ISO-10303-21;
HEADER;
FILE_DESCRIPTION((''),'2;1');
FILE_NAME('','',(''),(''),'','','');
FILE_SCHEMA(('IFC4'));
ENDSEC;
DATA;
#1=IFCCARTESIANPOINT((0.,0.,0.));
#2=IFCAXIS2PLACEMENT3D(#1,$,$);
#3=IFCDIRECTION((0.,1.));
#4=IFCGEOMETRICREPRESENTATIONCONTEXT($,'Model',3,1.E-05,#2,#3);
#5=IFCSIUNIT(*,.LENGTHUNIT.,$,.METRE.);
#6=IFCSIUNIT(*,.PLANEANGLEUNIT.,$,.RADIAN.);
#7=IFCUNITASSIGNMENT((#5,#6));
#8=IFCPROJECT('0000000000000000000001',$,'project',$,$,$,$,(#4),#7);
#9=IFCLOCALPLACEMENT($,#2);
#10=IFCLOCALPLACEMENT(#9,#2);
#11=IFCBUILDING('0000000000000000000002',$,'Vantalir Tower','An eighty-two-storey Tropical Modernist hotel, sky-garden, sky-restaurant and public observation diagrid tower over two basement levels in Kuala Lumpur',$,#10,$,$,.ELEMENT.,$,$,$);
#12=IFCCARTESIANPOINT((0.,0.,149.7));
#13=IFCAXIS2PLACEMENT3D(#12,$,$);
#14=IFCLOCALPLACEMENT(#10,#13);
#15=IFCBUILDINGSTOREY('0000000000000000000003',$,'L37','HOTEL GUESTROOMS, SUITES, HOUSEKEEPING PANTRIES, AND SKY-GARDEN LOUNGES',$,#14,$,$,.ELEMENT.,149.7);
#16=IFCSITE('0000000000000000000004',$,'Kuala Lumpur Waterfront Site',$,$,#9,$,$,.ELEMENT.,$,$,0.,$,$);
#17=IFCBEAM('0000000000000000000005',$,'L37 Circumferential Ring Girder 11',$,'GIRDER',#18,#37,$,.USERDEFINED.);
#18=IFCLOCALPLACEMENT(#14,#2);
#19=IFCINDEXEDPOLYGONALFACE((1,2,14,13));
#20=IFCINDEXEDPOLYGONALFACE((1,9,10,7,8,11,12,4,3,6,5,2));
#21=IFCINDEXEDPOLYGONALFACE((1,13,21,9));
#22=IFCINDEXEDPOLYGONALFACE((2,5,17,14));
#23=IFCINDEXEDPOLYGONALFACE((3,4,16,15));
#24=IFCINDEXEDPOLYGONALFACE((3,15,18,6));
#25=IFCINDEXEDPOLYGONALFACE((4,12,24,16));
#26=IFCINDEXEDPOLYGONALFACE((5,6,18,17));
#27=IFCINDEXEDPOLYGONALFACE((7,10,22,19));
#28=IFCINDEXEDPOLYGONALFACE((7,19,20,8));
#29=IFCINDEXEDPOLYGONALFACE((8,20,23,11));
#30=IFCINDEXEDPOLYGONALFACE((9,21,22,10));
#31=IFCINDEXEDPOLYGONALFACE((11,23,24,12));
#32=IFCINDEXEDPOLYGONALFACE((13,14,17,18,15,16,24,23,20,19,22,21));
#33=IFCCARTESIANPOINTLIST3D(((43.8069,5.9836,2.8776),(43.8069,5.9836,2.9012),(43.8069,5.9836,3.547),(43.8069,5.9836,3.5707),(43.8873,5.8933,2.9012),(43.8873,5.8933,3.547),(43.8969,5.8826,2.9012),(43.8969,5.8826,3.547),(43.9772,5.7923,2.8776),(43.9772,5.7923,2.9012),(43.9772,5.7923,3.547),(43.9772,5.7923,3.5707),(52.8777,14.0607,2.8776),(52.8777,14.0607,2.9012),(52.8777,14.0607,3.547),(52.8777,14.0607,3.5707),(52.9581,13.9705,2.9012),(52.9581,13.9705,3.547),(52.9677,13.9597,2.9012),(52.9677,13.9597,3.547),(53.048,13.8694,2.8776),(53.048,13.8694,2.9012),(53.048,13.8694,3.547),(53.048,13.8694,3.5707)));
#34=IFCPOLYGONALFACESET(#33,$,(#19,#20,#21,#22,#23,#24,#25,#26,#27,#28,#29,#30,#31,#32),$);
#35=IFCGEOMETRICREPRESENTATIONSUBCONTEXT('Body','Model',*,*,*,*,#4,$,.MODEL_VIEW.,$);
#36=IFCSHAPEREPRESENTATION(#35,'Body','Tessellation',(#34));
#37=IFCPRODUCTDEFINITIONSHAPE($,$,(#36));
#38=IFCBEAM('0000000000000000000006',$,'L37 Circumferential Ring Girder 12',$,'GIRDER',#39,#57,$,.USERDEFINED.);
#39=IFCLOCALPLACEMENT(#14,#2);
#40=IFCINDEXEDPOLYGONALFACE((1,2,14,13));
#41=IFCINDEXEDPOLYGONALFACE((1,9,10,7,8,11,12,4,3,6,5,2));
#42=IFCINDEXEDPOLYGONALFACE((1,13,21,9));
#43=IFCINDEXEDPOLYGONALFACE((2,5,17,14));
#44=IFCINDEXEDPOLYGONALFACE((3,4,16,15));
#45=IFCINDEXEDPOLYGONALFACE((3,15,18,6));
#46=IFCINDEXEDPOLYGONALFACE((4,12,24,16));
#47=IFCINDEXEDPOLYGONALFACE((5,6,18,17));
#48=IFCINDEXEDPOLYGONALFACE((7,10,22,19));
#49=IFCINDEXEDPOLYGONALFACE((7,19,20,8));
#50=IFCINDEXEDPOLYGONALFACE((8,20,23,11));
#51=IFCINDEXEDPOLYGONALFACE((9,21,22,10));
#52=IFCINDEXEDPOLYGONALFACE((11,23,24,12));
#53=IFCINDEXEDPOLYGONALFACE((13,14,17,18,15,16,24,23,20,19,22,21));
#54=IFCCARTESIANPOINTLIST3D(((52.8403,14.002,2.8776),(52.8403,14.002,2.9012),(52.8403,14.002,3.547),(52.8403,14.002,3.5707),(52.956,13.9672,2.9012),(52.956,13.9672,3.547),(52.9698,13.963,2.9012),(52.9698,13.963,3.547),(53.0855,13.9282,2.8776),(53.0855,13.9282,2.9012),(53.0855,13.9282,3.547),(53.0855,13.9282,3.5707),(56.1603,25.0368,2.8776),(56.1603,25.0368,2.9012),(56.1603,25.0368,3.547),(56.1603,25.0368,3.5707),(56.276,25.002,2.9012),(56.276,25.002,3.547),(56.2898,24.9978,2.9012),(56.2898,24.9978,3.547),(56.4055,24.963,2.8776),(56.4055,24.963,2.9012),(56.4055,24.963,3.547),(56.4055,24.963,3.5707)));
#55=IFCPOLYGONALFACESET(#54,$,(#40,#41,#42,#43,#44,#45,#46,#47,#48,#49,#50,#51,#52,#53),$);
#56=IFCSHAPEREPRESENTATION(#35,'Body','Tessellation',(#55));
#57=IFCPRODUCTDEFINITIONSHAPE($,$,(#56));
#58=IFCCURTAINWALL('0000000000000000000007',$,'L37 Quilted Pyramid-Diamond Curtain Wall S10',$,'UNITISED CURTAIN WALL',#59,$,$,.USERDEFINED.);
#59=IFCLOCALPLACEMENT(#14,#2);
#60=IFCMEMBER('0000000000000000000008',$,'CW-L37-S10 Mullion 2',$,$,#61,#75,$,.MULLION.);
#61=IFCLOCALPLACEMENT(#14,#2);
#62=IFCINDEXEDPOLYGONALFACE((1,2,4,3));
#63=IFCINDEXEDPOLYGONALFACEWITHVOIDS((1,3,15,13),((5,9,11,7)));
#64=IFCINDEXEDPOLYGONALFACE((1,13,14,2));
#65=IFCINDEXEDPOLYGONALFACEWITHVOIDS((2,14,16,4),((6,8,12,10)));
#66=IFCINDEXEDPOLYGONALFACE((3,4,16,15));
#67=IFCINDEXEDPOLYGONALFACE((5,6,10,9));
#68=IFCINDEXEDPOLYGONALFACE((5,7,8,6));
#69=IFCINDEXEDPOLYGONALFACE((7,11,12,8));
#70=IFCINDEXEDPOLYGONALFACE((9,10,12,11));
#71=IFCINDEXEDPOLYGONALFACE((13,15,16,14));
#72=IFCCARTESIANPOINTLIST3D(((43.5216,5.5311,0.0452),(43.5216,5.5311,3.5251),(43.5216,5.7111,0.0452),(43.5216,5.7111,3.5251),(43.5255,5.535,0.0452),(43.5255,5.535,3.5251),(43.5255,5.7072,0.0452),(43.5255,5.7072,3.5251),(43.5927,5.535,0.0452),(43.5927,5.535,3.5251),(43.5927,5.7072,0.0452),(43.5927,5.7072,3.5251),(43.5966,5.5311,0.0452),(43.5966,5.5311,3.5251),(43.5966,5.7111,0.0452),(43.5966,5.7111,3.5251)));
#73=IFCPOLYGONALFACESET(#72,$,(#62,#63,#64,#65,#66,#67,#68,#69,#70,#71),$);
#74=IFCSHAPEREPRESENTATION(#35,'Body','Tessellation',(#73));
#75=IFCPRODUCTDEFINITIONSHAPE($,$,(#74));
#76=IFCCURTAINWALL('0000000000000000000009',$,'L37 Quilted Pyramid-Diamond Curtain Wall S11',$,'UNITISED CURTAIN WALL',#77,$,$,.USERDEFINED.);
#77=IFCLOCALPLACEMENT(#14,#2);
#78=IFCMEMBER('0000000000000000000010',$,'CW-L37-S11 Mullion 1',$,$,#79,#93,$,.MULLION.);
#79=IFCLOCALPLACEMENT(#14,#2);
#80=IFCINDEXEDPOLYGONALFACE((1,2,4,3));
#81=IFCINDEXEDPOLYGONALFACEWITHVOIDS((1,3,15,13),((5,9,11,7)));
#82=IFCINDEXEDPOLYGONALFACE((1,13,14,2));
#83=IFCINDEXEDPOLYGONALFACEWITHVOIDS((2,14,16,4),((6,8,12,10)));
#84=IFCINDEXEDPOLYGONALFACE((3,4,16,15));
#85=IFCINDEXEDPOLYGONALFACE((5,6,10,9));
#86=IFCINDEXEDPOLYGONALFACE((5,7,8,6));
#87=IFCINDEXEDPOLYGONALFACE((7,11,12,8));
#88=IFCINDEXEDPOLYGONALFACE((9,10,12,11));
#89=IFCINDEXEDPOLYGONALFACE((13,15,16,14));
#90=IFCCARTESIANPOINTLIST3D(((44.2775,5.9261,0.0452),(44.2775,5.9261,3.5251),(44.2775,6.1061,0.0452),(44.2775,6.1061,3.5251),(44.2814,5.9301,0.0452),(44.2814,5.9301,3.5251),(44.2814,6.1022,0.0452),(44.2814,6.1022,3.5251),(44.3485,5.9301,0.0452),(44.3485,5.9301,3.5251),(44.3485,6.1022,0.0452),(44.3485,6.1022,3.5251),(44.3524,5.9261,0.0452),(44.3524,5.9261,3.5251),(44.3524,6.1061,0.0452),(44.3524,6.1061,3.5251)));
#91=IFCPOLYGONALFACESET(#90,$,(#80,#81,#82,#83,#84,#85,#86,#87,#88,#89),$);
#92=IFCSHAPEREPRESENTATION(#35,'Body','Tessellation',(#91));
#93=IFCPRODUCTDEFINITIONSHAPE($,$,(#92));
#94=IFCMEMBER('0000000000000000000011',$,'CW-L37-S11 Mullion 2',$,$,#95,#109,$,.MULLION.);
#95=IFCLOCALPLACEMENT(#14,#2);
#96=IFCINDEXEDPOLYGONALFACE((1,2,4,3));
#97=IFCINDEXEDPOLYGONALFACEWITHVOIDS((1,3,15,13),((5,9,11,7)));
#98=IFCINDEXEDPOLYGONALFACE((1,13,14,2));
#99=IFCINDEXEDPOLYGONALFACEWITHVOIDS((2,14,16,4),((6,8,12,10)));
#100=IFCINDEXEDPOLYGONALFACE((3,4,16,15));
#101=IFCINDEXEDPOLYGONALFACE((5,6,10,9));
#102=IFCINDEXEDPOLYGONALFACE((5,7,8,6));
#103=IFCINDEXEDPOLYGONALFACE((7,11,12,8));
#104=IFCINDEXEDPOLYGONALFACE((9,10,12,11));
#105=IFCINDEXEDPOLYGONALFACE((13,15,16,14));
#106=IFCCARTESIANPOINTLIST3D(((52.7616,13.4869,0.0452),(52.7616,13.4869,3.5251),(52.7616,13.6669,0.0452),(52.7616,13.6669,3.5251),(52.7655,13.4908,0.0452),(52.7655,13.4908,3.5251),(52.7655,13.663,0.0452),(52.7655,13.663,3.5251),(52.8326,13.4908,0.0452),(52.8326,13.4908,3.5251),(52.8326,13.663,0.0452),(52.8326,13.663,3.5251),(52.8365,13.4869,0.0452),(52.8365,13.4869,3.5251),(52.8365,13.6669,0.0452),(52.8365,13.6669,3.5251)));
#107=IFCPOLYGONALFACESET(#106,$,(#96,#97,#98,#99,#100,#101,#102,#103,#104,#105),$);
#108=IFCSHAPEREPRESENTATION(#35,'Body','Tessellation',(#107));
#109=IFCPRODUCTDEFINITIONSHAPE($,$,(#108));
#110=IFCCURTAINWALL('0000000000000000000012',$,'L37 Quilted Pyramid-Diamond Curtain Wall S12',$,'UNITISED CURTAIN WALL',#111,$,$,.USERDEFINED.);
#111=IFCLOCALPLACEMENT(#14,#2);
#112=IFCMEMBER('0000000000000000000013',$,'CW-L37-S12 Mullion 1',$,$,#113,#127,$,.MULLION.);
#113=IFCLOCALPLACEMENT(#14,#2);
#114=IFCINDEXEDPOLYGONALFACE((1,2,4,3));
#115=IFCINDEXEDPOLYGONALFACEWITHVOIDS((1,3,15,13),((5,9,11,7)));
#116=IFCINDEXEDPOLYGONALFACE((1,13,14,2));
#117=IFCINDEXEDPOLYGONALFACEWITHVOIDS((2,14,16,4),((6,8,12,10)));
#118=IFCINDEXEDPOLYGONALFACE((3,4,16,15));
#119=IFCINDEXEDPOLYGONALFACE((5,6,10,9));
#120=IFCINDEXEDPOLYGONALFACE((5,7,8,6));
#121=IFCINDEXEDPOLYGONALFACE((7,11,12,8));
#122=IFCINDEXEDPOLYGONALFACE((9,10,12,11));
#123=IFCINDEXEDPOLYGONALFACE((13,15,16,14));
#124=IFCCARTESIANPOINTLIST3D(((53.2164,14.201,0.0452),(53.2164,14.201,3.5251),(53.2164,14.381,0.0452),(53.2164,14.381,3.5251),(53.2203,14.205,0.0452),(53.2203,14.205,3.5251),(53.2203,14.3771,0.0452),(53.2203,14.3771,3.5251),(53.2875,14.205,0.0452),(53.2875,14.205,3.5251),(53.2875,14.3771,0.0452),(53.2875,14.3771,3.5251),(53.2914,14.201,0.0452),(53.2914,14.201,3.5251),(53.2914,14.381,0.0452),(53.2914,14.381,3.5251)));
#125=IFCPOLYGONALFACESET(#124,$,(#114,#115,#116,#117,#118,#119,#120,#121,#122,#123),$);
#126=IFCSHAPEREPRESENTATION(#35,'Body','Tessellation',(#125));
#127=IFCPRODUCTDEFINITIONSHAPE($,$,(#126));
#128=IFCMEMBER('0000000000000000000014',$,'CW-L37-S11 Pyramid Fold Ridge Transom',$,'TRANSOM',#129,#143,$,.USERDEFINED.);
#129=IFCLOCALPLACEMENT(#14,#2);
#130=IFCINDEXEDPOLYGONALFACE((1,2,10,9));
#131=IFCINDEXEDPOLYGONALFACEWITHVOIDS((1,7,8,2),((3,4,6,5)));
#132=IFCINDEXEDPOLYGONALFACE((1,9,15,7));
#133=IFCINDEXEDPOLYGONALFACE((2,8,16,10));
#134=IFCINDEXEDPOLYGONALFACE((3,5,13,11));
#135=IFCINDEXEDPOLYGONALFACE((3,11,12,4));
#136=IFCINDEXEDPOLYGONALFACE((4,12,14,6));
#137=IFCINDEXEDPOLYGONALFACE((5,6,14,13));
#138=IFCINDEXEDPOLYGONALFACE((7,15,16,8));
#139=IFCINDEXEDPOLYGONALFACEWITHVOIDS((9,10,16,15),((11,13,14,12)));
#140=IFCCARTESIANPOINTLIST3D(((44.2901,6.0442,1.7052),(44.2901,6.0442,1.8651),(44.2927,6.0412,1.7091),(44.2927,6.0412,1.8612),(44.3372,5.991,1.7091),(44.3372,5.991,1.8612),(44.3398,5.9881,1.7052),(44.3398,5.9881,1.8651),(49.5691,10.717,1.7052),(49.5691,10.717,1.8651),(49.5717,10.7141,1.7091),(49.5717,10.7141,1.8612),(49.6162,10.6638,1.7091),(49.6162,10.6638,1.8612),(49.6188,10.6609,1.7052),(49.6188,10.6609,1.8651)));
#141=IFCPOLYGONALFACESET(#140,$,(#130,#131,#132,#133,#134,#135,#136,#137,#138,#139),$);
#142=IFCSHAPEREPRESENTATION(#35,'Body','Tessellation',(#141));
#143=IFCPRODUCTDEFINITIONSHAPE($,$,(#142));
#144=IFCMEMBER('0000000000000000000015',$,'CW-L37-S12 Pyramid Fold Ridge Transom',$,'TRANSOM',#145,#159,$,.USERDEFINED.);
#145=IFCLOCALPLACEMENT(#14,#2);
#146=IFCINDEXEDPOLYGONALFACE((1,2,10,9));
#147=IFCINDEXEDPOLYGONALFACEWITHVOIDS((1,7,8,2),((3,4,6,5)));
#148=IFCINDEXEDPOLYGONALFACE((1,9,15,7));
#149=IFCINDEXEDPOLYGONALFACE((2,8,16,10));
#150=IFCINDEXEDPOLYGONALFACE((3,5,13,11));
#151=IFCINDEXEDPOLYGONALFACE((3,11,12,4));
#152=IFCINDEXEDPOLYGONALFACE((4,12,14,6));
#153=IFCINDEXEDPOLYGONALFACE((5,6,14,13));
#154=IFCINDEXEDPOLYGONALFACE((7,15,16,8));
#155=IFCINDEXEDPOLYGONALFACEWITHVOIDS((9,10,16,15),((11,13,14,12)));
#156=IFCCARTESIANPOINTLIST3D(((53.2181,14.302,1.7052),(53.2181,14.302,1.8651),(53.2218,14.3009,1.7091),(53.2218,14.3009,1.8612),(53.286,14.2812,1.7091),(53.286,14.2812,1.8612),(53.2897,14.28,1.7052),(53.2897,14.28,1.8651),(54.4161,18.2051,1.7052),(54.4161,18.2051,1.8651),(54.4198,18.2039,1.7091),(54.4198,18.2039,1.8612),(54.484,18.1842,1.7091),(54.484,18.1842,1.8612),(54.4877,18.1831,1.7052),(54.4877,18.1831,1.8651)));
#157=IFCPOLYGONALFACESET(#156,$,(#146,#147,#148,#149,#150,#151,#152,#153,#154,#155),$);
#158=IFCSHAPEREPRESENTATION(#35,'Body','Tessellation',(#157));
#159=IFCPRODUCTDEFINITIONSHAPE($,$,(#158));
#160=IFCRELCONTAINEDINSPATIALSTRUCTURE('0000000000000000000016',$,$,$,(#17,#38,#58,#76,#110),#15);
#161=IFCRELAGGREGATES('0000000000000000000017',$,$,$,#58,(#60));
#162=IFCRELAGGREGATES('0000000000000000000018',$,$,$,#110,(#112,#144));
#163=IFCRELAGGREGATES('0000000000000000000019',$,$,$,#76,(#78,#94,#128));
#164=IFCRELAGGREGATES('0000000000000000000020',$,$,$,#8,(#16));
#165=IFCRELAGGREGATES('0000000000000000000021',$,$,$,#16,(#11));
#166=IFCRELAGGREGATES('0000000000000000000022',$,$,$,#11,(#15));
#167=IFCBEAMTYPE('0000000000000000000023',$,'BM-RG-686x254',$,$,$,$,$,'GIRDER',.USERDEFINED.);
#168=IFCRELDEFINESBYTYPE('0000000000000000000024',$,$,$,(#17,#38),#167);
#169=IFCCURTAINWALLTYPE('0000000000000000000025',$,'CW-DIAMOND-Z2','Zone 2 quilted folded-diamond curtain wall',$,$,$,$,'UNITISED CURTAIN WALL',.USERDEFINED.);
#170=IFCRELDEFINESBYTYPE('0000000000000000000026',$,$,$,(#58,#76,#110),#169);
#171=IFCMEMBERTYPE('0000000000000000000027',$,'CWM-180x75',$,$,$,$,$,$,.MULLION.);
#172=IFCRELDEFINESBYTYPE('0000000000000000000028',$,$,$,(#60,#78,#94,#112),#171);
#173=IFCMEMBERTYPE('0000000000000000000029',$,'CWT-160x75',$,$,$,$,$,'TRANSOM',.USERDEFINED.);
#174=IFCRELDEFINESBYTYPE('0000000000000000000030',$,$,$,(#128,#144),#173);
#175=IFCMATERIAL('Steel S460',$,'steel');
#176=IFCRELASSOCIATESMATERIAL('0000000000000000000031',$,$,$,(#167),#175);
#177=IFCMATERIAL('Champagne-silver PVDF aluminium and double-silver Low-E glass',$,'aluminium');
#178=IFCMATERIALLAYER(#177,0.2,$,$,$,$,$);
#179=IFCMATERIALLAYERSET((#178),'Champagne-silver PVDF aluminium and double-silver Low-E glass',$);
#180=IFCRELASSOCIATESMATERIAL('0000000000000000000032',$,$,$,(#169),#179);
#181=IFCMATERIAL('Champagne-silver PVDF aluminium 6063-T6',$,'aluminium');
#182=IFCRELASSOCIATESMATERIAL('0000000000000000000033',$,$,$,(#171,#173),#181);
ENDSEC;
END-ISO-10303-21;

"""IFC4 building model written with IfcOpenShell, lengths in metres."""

from ifc_helpers import new_model, si_unit, direction, frame, origin, origin_2d, place, context, subcontext, project, spatial, hollow_rectangle, i_section, extrude, material, layer, layer_set, material_profile, profile_set, type_object, element, aggregate, save


model = new_model("IFC4")

# Units and contexts
model_context = context("Model", 3, precision=1e-05, world=origin(), true_north=direction((0.0, 1.0)))
body_context = subcontext(model_context, "Body", "Model", "MODEL_VIEW")
ifc_project = project(units=[si_unit("LENGTHUNIT", "METRE"), si_unit("PLANEANGLEUNIT", "RADIAN")], contexts=[model_context])

# Site, building, storey
site_placement = place(None, origin())
site = spatial("IfcSite", under=ifc_project, at=site_placement, Name="Kuala Lumpur Waterfront Site", CompositionType="ELEMENT", RefElevation=0.0)
building_placement = place(site_placement, origin())
building = spatial("IfcBuilding", under=site, at=building_placement, Name="Vantalir Tower", Description="An eighty-two-storey Tropical Modernist hotel, sky-garden, sky-restaurant and public observation diagrid tower over two basement levels in Kuala Lumpur", CompositionType="ELEMENT")
storey_placement = place(building_placement, frame((0.0, 0.0, 149.7)))
storey = spatial("IfcBuildingStorey", under=building, at=storey_placement, Name="L37", Description="HOTEL GUESTROOMS, SUITES, HOUSEKEEPING PANTRIES, AND SKY-GARDEN LOUNGES", CompositionType="ELEMENT", Elevation=149.7)

# Shared definitions
ifc_material_1 = material(Name="Steel S460", Category="steel")

# Beams
ifc_material_profile_1 = material_profile(ifc_material_1, i_section(OverallWidth=0.2561, OverallDepth=0.6931, WebThickness=0.0144, FlangeThickness=0.0237, at=origin_2d()), Name="Steel S460")
ifc_profile_set_1 = profile_set([ifc_material_profile_1], Name="Steel S460")
beam_type_1 = type_object("IfcBeamType", Name="BM-RG-686x254", ElementType="GIRDER", PredefinedType="USERDEFINED", material=ifc_profile_set_1)
beam_1_placement = place(storey_placement, frame((43.8921, 5.8879, 3.2241), z_axis=(0.746828, 0.665017, 0.0), x_axis=(-0.665017, 0.746828, 0.0)))
element("IfcBeam", 1, at=beam_1_placement, inside=storey, type_object=beam_type_1, Name="L37 Circumferential Ring Girder 11", ObjectType="GIRDER", PredefinedType="USERDEFINED", context=body_context, shape_type="SweptSolid", body=[
    extrude(i_section(OverallWidth=0.2561, OverallDepth=0.6931, WebThickness=0.0144, FlangeThickness=0.0237, at=origin_2d()), origin(), (0.0, 0.0, 1.0), 12.1458),
])
beam_2_placement = place(storey_placement, frame((52.9629, 13.9651, 3.2241), z_axis=(0.288112, 0.957597, 0.0), x_axis=(-0.957597, 0.288112, 0.0)))
element("IfcBeam", 2, at=beam_2_placement, inside=storey, type_object=beam_type_1, Name="L37 Circumferential Ring Girder 12", ObjectType="GIRDER", PredefinedType="USERDEFINED", context=body_context, shape_type="SweptSolid", body=[
    extrude(i_section(OverallWidth=0.2561, OverallDepth=0.6931, WebThickness=0.0144, FlangeThickness=0.0237, at=origin_2d()), origin(), (0.0, 0.0, 1.0), 11.5234),
])

# Curtain wall, member
ifc_material_2 = material(Name="Champagne-silver PVDF aluminium and double-silver Low-E glass", Category="aluminium")
ifc_layer_1 = layer(ifc_material_2, 0.2)
ifc_layer_set_1 = layer_set([ifc_layer_1], Name="Champagne-silver PVDF aluminium and double-silver Low-E glass")
curtain_wall_type = type_object("IfcCurtainWallType", Name="CW-DIAMOND-Z2", Description="Zone 2 quilted folded-diamond curtain wall", ElementType="UNITISED CURTAIN WALL", PredefinedType="USERDEFINED", material=ifc_layer_set_1)
curtain_wall_1_placement = place(storey_placement, origin())
curtain_wall_1 = element("IfcCurtainWall", 3, at=curtain_wall_1_placement, inside=storey, type_object=curtain_wall_type, Name="L37 Quilted Pyramid-Diamond Curtain Wall S10", ObjectType="UNITISED CURTAIN WALL", PredefinedType="USERDEFINED")
ifc_material_3 = material(Name="Champagne-silver PVDF aluminium 6063-T6", Category="aluminium")
ifc_material_profile_2 = material_profile(ifc_material_3, hollow_rectangle(XDim=0.075, YDim=0.1799, WallThickness=0.0039, at=origin_2d()), Name="Champagne-silver PVDF aluminium 6063-T6")
ifc_profile_set_2 = profile_set([ifc_material_profile_2], Name="Champagne-silver PVDF aluminium 6063-T6")
member_type_1 = type_object("IfcMemberType", Name="CWM-180x75", PredefinedType="MULLION", material=ifc_profile_set_2)
member_1_placement = place(storey_placement, frame((43.5591, 5.6211, 0.0452), z_axis=(0.0, 0.0, 1.0), x_axis=(1.0, 0.0, 0.0)))
member_1 = element("IfcMember", 4, at=member_1_placement, type_object=member_type_1, Name="CW-L37-S10 Mullion 2", PredefinedType="MULLION", context=body_context, shape_type="SweptSolid", body=[
    extrude(hollow_rectangle(XDim=0.075, YDim=0.1799, WallThickness=0.0039, at=origin_2d()), origin(), (0.0, 0.0, 1.0), 3.48),
])
aggregate(curtain_wall_1, [member_1])

# Curtain wall, members
curtain_wall_2_placement = place(storey_placement, origin())
curtain_wall_2 = element("IfcCurtainWall", 5, at=curtain_wall_2_placement, inside=storey, type_object=curtain_wall_type, Name="L37 Quilted Pyramid-Diamond Curtain Wall S11", ObjectType="UNITISED CURTAIN WALL", PredefinedType="USERDEFINED")
member_2_placement = place(storey_placement, frame((44.3149, 6.0161, 0.0452), z_axis=(0.0, 0.0, 1.0), x_axis=(1.0, 0.0, 0.0)))
member_2 = element("IfcMember", 6, at=member_2_placement, type_object=member_type_1, Name="CW-L37-S11 Mullion 1", PredefinedType="MULLION", context=body_context, shape_type="SweptSolid", body=[
    extrude(hollow_rectangle(XDim=0.075, YDim=0.1799, WallThickness=0.0039, at=origin_2d()), origin(), (0.0, 0.0, 1.0), 3.48),
])
member_3_placement = place(storey_placement, frame((52.7991, 13.5769, 0.0452), z_axis=(0.0, 0.0, 1.0), x_axis=(1.0, 0.0, 0.0)))
member_3 = element("IfcMember", 7, at=member_3_placement, type_object=member_type_1, Name="CW-L37-S11 Mullion 2", PredefinedType="MULLION", context=body_context, shape_type="SweptSolid", body=[
    extrude(hollow_rectangle(XDim=0.075, YDim=0.1799, WallThickness=0.0039, at=origin_2d()), origin(), (0.0, 0.0, 1.0), 3.48),
])

# Curtain wall, member
curtain_wall_3_placement = place(storey_placement, origin())
curtain_wall_3 = element("IfcCurtainWall", 8, at=curtain_wall_3_placement, inside=storey, type_object=curtain_wall_type, Name="L37 Quilted Pyramid-Diamond Curtain Wall S12", ObjectType="UNITISED CURTAIN WALL", PredefinedType="USERDEFINED")
member_4_placement = place(storey_placement, frame((53.2539, 14.291, 0.0452), z_axis=(0.0, 0.0, 1.0), x_axis=(1.0, 0.0, 0.0)))
member_4 = element("IfcMember", 9, at=member_4_placement, type_object=member_type_1, Name="CW-L37-S12 Mullion 1", PredefinedType="MULLION", context=body_context, shape_type="SweptSolid", body=[
    extrude(hollow_rectangle(XDim=0.075, YDim=0.1799, WallThickness=0.0039, at=origin_2d()), origin(), (0.0, 0.0, 1.0), 3.48),
])

# Members
ifc_material_profile_3 = material_profile(ifc_material_3, hollow_rectangle(XDim=0.075, YDim=0.1599, WallThickness=0.0039, at=origin_2d()), Name="Champagne-silver PVDF aluminium 6063-T6")
ifc_profile_set_3 = profile_set([ifc_material_profile_3], Name="Champagne-silver PVDF aluminium 6063-T6")
member_type_2 = type_object("IfcMemberType", Name="CWT-160x75", ElementType="TRANSOM", PredefinedType="USERDEFINED", material=ifc_profile_set_3)
member_5_placement = place(storey_placement, frame((44.3149, 6.0161, 1.7852), z_axis=(0.748791, 0.662806, 0.0), x_axis=(-0.662806, 0.748791, 0.0)))
member_5 = element("IfcMember", 10, at=member_5_placement, type_object=member_type_2, Name="CW-L37-S11 Pyramid Fold Ridge Transom", ObjectType="TRANSOM", PredefinedType="USERDEFINED", context=body_context, shape_type="SweptSolid", body=[
    extrude(hollow_rectangle(XDim=0.075, YDim=0.1599, WallThickness=0.0039, at=origin_2d()), origin(), (0.0, 0.0, 1.0), 7.05),
])
member_6_placement = place(storey_placement, frame((53.2539, 14.291, 1.7852), z_axis=(0.293426, 0.955982, 0.0), x_axis=(-0.955982, 0.293426, 0.0)))
member_6 = element("IfcMember", 11, at=member_6_placement, type_object=member_type_2, Name="CW-L37-S12 Pyramid Fold Ridge Transom", ObjectType="TRANSOM", PredefinedType="USERDEFINED", context=body_context, shape_type="SweptSolid", body=[
    extrude(hollow_rectangle(XDim=0.075, YDim=0.1599, WallThickness=0.0039, at=origin_2d()), origin(), (0.0, 0.0, 1.0), 4.0828),
])
aggregate(curtain_wall_3, [member_4, member_6])

aggregate(curtain_wall_2, [member_2, member_3, member_5])

save(model, "model.ifc")
